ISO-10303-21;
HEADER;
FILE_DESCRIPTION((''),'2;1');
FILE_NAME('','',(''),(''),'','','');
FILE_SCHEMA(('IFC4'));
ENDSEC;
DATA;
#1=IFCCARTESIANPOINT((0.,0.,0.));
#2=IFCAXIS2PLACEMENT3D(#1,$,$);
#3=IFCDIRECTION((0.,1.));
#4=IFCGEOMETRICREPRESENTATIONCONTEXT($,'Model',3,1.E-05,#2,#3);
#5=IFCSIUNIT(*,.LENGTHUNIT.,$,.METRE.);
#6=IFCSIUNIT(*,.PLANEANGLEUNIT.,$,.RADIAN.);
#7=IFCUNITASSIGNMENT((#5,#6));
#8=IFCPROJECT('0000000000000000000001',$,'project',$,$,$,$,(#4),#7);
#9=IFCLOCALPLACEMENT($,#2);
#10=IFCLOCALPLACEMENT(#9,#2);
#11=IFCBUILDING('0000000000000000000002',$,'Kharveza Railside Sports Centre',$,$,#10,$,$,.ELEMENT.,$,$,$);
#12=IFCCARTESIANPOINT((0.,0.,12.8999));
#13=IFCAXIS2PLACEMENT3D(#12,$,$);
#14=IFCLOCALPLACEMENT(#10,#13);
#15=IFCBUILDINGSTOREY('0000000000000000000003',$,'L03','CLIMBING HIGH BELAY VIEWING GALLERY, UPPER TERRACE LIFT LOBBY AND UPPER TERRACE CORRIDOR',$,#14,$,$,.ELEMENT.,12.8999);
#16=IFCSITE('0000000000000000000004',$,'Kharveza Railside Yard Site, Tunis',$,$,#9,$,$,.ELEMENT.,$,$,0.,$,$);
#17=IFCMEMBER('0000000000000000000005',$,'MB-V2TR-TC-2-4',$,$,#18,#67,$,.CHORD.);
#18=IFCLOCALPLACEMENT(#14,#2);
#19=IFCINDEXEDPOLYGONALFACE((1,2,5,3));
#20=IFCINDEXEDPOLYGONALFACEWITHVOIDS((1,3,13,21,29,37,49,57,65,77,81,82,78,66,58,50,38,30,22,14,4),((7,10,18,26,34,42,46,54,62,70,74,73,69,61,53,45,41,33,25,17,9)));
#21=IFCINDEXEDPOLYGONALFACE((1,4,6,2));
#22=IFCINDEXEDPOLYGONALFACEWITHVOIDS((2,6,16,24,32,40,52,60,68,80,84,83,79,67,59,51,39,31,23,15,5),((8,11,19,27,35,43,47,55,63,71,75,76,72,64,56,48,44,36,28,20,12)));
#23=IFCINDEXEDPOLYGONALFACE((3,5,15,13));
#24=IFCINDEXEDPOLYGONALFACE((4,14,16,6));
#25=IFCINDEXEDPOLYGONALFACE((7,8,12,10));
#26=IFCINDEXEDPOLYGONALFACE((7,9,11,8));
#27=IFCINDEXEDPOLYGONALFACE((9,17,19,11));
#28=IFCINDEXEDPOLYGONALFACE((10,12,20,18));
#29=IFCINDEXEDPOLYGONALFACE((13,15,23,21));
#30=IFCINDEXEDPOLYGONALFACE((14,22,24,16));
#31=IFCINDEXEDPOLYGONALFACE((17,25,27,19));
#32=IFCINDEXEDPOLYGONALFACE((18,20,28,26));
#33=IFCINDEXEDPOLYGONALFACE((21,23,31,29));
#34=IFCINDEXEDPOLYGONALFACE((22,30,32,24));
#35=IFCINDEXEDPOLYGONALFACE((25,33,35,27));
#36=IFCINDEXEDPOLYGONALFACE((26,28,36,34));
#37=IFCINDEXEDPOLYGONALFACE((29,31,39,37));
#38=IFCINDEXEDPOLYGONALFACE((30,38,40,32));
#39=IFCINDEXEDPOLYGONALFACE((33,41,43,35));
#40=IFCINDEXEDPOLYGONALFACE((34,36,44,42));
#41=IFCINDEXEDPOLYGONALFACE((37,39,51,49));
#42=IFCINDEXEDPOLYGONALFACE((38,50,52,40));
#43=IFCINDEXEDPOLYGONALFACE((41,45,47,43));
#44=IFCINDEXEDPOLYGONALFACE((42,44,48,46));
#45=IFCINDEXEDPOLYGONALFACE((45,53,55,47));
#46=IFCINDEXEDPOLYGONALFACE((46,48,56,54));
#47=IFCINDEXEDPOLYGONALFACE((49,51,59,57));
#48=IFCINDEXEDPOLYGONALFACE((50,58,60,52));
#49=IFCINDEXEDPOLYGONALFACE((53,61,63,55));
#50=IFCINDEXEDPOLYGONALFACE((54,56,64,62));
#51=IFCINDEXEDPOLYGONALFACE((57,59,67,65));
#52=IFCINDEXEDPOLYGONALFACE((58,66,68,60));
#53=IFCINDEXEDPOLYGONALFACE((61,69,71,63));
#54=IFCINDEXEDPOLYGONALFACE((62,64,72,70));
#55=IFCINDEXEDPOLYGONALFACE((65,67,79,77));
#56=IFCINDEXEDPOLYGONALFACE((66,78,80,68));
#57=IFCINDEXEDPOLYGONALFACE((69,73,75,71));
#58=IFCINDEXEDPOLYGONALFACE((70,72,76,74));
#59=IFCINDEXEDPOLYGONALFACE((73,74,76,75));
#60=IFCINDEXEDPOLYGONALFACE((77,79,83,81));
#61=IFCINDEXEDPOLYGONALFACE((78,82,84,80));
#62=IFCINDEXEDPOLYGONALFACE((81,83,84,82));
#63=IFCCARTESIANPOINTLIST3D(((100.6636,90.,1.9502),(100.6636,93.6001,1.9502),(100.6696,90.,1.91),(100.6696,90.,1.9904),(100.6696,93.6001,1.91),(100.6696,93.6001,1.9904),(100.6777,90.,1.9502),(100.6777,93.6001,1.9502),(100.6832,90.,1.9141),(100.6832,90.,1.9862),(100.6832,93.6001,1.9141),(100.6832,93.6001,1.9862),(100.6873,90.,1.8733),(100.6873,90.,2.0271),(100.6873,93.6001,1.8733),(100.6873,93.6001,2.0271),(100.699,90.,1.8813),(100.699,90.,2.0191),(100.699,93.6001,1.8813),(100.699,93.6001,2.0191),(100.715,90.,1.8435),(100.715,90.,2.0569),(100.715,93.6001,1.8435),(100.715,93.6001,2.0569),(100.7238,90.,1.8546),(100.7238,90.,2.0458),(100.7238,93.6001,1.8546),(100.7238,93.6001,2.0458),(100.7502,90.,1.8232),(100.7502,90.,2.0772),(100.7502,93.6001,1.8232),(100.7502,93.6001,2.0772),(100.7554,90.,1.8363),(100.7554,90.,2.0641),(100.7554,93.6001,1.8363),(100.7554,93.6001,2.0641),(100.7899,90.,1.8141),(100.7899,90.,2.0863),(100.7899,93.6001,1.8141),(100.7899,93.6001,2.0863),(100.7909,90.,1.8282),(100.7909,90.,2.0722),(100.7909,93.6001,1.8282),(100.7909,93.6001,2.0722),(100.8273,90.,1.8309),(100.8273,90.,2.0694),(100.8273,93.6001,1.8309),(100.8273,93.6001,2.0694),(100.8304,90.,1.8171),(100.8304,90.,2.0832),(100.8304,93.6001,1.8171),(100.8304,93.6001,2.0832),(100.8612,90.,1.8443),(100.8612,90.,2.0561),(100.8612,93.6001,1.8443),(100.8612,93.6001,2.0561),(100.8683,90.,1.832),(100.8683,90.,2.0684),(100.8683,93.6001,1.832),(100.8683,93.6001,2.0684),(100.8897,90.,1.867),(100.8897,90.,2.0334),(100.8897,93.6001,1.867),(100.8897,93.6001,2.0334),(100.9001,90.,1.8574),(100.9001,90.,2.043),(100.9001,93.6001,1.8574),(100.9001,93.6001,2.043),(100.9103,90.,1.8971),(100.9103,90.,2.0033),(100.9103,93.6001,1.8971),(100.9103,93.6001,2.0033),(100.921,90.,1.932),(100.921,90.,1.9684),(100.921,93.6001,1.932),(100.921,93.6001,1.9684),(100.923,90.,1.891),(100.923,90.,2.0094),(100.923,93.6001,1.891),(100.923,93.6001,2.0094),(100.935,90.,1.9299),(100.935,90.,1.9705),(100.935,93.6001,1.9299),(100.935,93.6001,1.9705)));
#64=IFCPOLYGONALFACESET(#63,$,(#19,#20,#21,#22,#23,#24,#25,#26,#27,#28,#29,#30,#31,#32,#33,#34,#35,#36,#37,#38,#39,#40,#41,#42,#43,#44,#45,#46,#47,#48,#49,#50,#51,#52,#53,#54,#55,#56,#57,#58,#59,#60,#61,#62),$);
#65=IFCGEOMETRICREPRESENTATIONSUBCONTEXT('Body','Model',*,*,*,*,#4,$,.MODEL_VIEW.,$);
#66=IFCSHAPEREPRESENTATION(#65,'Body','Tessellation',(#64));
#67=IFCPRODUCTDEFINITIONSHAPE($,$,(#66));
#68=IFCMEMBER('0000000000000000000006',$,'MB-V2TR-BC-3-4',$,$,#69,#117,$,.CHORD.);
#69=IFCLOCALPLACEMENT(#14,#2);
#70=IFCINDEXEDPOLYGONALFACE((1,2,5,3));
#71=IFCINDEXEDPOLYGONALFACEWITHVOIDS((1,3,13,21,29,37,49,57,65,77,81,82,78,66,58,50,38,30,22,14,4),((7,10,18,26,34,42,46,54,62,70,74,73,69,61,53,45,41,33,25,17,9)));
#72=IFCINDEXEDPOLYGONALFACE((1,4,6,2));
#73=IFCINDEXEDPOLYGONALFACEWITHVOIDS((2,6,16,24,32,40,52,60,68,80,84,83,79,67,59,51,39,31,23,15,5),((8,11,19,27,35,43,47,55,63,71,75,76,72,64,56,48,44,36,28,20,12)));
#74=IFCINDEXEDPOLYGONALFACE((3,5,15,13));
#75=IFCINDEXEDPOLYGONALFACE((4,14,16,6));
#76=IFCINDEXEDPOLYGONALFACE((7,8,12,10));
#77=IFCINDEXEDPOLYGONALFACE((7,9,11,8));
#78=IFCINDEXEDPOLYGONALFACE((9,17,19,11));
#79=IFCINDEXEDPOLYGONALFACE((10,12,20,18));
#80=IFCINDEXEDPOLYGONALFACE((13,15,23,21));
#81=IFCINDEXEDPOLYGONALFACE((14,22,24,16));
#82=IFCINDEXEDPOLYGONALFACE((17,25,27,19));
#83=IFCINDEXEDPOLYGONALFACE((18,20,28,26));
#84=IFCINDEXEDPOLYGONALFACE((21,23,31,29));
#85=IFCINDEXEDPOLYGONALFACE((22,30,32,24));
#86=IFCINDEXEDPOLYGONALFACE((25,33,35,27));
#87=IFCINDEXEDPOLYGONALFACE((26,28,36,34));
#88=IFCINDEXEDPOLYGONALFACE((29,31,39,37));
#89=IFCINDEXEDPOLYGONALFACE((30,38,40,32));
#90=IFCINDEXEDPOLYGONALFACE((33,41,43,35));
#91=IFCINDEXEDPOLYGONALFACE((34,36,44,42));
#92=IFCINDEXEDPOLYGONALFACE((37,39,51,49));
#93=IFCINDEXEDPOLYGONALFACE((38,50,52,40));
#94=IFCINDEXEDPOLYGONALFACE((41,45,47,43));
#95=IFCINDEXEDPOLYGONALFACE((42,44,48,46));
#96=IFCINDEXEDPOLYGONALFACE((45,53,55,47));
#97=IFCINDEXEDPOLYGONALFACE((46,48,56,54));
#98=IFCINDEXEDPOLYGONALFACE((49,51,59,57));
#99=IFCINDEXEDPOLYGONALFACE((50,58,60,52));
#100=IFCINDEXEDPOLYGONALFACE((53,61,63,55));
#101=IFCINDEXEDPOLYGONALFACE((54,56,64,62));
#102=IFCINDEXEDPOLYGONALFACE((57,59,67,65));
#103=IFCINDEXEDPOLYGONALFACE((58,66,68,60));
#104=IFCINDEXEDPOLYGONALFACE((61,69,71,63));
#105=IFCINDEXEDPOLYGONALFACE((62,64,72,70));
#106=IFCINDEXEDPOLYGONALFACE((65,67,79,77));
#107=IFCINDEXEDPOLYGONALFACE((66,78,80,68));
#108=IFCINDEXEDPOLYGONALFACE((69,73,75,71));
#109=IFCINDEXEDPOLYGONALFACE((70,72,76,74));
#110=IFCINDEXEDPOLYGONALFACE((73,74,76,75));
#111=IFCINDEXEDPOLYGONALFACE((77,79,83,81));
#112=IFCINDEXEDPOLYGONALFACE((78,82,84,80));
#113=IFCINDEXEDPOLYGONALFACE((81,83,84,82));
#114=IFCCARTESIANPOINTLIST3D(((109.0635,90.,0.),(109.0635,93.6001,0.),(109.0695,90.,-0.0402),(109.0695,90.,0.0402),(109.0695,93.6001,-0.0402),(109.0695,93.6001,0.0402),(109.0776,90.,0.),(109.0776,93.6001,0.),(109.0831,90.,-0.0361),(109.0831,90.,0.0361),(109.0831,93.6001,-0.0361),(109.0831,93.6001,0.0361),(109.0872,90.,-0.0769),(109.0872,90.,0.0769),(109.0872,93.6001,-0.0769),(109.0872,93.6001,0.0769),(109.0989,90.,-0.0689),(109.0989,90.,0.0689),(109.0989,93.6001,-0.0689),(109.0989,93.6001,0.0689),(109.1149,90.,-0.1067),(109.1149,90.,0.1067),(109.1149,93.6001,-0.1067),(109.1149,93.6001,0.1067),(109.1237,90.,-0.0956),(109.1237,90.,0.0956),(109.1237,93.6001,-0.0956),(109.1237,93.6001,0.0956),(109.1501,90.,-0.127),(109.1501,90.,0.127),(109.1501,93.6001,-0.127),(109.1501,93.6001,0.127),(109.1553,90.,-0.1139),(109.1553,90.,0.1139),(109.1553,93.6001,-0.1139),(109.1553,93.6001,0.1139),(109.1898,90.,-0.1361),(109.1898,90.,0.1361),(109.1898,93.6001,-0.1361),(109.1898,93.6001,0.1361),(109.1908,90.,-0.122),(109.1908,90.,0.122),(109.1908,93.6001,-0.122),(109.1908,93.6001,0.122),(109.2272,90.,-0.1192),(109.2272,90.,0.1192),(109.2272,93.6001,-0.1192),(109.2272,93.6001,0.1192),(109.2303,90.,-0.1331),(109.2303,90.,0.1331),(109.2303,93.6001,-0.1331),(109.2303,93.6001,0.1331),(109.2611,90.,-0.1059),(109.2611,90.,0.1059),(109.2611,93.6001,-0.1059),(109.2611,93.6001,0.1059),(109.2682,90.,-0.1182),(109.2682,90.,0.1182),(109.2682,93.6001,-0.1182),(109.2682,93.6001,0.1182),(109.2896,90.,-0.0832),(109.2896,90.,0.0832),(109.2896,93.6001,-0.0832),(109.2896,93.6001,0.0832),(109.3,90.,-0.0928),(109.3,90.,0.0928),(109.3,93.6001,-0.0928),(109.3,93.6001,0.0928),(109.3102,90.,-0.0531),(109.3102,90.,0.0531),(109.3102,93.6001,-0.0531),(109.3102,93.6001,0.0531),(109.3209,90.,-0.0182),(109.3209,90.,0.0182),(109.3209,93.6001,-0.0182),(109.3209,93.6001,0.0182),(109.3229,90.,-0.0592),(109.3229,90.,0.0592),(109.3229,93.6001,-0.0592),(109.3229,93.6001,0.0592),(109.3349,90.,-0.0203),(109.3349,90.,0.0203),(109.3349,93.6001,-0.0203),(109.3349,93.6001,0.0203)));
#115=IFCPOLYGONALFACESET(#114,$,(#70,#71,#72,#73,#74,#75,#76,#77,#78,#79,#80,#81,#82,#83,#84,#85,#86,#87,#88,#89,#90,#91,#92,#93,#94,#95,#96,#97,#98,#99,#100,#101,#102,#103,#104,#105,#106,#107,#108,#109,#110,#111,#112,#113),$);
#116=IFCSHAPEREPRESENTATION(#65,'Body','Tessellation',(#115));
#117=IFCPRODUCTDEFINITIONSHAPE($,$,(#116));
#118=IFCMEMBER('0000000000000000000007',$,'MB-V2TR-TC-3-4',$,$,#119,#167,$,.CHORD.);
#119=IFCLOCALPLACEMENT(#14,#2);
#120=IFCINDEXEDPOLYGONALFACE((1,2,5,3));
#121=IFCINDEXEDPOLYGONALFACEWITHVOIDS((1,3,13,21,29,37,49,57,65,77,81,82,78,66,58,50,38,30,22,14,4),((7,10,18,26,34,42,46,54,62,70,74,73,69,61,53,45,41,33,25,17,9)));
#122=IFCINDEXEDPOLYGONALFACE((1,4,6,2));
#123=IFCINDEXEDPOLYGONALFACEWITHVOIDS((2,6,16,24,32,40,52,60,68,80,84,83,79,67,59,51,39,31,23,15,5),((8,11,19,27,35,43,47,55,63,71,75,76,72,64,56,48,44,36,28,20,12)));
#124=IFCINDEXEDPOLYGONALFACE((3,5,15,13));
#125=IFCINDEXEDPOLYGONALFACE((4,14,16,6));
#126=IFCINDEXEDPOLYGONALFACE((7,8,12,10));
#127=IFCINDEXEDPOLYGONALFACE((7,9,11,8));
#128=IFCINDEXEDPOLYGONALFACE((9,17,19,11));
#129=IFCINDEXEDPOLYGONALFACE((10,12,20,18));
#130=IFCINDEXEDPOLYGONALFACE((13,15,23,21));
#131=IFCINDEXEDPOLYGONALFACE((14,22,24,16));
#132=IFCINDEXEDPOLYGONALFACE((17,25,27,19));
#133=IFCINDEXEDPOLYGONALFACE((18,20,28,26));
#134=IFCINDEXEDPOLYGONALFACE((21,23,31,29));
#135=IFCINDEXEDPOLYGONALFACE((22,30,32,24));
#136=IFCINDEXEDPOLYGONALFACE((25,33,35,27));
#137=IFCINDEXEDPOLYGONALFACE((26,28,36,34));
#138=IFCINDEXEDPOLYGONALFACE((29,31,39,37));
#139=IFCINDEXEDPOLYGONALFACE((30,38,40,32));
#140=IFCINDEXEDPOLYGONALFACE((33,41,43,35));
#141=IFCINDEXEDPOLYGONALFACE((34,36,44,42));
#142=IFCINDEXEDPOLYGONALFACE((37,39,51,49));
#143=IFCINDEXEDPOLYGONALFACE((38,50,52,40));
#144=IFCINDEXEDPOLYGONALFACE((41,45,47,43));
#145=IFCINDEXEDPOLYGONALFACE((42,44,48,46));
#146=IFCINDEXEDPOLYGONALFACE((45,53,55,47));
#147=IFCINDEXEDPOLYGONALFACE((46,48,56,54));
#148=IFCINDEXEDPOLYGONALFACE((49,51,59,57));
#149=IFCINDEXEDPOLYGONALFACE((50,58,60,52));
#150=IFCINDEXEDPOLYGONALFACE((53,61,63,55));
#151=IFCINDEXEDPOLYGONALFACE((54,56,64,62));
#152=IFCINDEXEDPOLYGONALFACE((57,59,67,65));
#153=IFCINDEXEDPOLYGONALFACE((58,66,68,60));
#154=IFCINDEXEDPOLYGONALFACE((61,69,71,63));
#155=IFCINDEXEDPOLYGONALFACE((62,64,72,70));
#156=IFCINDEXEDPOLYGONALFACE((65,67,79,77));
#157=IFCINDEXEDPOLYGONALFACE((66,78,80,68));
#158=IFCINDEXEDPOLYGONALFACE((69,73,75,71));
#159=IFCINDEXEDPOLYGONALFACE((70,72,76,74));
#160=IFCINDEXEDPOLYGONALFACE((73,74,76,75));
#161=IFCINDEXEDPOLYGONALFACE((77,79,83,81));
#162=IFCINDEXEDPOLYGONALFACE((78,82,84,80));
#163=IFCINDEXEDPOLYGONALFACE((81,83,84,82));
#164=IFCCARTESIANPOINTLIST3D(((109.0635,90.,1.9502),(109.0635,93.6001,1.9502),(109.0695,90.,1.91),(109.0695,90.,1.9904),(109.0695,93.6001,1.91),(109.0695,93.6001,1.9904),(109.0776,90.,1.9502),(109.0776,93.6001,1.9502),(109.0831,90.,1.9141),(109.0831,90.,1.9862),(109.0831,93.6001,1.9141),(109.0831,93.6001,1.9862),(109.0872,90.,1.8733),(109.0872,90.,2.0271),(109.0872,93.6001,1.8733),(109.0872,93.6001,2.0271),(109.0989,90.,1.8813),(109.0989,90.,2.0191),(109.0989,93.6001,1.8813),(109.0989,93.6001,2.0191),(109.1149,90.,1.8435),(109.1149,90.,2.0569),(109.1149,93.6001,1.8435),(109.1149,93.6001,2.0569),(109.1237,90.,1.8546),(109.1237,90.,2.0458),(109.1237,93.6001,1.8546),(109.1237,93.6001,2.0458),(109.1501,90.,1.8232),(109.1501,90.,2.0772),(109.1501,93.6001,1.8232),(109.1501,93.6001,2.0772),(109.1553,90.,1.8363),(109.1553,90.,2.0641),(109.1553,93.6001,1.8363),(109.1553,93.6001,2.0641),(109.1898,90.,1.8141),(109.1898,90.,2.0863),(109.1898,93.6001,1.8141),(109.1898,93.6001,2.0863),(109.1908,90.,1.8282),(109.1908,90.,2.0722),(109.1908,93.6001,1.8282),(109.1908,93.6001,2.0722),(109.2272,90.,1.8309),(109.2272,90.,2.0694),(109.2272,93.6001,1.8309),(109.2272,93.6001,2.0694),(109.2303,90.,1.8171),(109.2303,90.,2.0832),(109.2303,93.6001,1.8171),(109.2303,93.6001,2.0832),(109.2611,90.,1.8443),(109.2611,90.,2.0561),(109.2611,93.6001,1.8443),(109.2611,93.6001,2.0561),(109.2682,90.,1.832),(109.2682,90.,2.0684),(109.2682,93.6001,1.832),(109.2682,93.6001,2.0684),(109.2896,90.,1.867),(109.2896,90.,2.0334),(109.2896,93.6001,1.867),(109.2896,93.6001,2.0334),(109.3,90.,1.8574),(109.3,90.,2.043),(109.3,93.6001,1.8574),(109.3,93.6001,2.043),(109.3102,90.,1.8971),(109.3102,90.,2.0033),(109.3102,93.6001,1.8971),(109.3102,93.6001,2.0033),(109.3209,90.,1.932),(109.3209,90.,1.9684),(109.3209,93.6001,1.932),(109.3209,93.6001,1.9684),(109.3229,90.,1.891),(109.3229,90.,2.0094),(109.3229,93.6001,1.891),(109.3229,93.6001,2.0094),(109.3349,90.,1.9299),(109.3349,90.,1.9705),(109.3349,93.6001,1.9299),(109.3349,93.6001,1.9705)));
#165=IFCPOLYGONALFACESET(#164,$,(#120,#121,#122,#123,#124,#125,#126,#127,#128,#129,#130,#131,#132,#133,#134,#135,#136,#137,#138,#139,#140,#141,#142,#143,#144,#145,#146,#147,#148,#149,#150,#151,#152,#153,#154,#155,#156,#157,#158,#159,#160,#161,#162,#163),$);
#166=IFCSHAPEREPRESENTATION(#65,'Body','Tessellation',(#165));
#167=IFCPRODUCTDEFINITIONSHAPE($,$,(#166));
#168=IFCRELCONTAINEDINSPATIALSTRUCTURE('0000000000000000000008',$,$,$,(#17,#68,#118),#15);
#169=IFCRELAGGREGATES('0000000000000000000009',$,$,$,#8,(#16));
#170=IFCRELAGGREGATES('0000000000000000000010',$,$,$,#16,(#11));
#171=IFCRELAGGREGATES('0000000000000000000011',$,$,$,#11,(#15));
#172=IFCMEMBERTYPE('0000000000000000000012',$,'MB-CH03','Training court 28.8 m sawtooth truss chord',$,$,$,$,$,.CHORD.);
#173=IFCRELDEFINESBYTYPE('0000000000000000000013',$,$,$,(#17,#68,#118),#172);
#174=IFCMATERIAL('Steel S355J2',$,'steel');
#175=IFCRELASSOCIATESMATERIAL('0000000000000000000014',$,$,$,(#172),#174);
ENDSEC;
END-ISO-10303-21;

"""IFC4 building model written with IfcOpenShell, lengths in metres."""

from ifc_helpers import new_model, si_unit, direction, frame, origin, origin_2d, place, context, subcontext, project, spatial, hollow_circle, extrude, material, material_profile, profile_set, type_object, element, save


model = new_model("IFC4")

# Units and contexts
model_context = context("Model", 3, precision=1e-05, world=origin(), true_north=direction((0.0, 1.0)))
body_context = subcontext(model_context, "Body", "Model", "MODEL_VIEW")
ifc_project = project(units=[si_unit("LENGTHUNIT", "METRE"), si_unit("PLANEANGLEUNIT", "RADIAN")], contexts=[model_context])

# Site, building, storey
site_placement = place(None, origin())
site = spatial("IfcSite", under=ifc_project, at=site_placement, Name="Kharveza Railside Yard Site, Tunis", CompositionType="ELEMENT", RefElevation=0.0)
building_placement = place(site_placement, origin())
building = spatial("IfcBuilding", under=site, at=building_placement, Name="Kharveza Railside Sports Centre", CompositionType="ELEMENT")
storey_placement = place(building_placement, frame((0.0, 0.0, 12.8999)))
storey = spatial("IfcBuildingStorey", under=building, at=storey_placement, Name="L03", Description="CLIMBING HIGH BELAY VIEWING GALLERY, UPPER TERRACE LIFT LOBBY AND UPPER TERRACE CORRIDOR", CompositionType="ELEMENT", Elevation=12.8999)

# Shared definitions
ifc_material_1 = material(Name="Steel S355J2", Category="steel")

# Members
ifc_material_profile_1 = material_profile(ifc_material_1, hollow_circle(Radius=0.1365, WallThickness=0.0142, at=origin_2d()), Name="CHS 273.0x14.2")
ifc_profile_set_1 = profile_set([ifc_material_profile_1], Name="Steel S355J2")
member_type_1 = type_object("IfcMemberType", Name="MB-CH03", Description="Training court 28.8 m sawtooth truss chord", PredefinedType="CHORD", material=ifc_profile_set_1)
for number, where, z_axis, x_axis, name in (
    (1, (100.8, 90.0, 1.9502), (0.0, 1.0, 0.0), (-1.0, 0.0, 0.0), "MB-V2TR-TC-2-4"),
    (2, (109.2, 90.0, 0.0), (0.0, 1.0, 0.0), (-1.0, 0.0, 0.0), "MB-V2TR-BC-3-4"),
    (3, (109.2, 90.0, 1.9502), (0.0, 1.0, 0.0), (-1.0, 0.0, 0.0), "MB-V2TR-TC-3-4"),
):
    element("IfcMember", number, at=place(storey_placement, frame(where, z_axis=z_axis, x_axis=x_axis)), inside=storey, type_object=member_type_1, Name=name, PredefinedType="CHORD", context=body_context, shape_type="SweptSolid", body=[
        extrude(hollow_circle(Radius=0.1365, WallThickness=0.0142, at=origin_2d()), origin(), (0.0, 0.0, 1.0), 3.6001),
    ])

save(model, "model.ifc")
